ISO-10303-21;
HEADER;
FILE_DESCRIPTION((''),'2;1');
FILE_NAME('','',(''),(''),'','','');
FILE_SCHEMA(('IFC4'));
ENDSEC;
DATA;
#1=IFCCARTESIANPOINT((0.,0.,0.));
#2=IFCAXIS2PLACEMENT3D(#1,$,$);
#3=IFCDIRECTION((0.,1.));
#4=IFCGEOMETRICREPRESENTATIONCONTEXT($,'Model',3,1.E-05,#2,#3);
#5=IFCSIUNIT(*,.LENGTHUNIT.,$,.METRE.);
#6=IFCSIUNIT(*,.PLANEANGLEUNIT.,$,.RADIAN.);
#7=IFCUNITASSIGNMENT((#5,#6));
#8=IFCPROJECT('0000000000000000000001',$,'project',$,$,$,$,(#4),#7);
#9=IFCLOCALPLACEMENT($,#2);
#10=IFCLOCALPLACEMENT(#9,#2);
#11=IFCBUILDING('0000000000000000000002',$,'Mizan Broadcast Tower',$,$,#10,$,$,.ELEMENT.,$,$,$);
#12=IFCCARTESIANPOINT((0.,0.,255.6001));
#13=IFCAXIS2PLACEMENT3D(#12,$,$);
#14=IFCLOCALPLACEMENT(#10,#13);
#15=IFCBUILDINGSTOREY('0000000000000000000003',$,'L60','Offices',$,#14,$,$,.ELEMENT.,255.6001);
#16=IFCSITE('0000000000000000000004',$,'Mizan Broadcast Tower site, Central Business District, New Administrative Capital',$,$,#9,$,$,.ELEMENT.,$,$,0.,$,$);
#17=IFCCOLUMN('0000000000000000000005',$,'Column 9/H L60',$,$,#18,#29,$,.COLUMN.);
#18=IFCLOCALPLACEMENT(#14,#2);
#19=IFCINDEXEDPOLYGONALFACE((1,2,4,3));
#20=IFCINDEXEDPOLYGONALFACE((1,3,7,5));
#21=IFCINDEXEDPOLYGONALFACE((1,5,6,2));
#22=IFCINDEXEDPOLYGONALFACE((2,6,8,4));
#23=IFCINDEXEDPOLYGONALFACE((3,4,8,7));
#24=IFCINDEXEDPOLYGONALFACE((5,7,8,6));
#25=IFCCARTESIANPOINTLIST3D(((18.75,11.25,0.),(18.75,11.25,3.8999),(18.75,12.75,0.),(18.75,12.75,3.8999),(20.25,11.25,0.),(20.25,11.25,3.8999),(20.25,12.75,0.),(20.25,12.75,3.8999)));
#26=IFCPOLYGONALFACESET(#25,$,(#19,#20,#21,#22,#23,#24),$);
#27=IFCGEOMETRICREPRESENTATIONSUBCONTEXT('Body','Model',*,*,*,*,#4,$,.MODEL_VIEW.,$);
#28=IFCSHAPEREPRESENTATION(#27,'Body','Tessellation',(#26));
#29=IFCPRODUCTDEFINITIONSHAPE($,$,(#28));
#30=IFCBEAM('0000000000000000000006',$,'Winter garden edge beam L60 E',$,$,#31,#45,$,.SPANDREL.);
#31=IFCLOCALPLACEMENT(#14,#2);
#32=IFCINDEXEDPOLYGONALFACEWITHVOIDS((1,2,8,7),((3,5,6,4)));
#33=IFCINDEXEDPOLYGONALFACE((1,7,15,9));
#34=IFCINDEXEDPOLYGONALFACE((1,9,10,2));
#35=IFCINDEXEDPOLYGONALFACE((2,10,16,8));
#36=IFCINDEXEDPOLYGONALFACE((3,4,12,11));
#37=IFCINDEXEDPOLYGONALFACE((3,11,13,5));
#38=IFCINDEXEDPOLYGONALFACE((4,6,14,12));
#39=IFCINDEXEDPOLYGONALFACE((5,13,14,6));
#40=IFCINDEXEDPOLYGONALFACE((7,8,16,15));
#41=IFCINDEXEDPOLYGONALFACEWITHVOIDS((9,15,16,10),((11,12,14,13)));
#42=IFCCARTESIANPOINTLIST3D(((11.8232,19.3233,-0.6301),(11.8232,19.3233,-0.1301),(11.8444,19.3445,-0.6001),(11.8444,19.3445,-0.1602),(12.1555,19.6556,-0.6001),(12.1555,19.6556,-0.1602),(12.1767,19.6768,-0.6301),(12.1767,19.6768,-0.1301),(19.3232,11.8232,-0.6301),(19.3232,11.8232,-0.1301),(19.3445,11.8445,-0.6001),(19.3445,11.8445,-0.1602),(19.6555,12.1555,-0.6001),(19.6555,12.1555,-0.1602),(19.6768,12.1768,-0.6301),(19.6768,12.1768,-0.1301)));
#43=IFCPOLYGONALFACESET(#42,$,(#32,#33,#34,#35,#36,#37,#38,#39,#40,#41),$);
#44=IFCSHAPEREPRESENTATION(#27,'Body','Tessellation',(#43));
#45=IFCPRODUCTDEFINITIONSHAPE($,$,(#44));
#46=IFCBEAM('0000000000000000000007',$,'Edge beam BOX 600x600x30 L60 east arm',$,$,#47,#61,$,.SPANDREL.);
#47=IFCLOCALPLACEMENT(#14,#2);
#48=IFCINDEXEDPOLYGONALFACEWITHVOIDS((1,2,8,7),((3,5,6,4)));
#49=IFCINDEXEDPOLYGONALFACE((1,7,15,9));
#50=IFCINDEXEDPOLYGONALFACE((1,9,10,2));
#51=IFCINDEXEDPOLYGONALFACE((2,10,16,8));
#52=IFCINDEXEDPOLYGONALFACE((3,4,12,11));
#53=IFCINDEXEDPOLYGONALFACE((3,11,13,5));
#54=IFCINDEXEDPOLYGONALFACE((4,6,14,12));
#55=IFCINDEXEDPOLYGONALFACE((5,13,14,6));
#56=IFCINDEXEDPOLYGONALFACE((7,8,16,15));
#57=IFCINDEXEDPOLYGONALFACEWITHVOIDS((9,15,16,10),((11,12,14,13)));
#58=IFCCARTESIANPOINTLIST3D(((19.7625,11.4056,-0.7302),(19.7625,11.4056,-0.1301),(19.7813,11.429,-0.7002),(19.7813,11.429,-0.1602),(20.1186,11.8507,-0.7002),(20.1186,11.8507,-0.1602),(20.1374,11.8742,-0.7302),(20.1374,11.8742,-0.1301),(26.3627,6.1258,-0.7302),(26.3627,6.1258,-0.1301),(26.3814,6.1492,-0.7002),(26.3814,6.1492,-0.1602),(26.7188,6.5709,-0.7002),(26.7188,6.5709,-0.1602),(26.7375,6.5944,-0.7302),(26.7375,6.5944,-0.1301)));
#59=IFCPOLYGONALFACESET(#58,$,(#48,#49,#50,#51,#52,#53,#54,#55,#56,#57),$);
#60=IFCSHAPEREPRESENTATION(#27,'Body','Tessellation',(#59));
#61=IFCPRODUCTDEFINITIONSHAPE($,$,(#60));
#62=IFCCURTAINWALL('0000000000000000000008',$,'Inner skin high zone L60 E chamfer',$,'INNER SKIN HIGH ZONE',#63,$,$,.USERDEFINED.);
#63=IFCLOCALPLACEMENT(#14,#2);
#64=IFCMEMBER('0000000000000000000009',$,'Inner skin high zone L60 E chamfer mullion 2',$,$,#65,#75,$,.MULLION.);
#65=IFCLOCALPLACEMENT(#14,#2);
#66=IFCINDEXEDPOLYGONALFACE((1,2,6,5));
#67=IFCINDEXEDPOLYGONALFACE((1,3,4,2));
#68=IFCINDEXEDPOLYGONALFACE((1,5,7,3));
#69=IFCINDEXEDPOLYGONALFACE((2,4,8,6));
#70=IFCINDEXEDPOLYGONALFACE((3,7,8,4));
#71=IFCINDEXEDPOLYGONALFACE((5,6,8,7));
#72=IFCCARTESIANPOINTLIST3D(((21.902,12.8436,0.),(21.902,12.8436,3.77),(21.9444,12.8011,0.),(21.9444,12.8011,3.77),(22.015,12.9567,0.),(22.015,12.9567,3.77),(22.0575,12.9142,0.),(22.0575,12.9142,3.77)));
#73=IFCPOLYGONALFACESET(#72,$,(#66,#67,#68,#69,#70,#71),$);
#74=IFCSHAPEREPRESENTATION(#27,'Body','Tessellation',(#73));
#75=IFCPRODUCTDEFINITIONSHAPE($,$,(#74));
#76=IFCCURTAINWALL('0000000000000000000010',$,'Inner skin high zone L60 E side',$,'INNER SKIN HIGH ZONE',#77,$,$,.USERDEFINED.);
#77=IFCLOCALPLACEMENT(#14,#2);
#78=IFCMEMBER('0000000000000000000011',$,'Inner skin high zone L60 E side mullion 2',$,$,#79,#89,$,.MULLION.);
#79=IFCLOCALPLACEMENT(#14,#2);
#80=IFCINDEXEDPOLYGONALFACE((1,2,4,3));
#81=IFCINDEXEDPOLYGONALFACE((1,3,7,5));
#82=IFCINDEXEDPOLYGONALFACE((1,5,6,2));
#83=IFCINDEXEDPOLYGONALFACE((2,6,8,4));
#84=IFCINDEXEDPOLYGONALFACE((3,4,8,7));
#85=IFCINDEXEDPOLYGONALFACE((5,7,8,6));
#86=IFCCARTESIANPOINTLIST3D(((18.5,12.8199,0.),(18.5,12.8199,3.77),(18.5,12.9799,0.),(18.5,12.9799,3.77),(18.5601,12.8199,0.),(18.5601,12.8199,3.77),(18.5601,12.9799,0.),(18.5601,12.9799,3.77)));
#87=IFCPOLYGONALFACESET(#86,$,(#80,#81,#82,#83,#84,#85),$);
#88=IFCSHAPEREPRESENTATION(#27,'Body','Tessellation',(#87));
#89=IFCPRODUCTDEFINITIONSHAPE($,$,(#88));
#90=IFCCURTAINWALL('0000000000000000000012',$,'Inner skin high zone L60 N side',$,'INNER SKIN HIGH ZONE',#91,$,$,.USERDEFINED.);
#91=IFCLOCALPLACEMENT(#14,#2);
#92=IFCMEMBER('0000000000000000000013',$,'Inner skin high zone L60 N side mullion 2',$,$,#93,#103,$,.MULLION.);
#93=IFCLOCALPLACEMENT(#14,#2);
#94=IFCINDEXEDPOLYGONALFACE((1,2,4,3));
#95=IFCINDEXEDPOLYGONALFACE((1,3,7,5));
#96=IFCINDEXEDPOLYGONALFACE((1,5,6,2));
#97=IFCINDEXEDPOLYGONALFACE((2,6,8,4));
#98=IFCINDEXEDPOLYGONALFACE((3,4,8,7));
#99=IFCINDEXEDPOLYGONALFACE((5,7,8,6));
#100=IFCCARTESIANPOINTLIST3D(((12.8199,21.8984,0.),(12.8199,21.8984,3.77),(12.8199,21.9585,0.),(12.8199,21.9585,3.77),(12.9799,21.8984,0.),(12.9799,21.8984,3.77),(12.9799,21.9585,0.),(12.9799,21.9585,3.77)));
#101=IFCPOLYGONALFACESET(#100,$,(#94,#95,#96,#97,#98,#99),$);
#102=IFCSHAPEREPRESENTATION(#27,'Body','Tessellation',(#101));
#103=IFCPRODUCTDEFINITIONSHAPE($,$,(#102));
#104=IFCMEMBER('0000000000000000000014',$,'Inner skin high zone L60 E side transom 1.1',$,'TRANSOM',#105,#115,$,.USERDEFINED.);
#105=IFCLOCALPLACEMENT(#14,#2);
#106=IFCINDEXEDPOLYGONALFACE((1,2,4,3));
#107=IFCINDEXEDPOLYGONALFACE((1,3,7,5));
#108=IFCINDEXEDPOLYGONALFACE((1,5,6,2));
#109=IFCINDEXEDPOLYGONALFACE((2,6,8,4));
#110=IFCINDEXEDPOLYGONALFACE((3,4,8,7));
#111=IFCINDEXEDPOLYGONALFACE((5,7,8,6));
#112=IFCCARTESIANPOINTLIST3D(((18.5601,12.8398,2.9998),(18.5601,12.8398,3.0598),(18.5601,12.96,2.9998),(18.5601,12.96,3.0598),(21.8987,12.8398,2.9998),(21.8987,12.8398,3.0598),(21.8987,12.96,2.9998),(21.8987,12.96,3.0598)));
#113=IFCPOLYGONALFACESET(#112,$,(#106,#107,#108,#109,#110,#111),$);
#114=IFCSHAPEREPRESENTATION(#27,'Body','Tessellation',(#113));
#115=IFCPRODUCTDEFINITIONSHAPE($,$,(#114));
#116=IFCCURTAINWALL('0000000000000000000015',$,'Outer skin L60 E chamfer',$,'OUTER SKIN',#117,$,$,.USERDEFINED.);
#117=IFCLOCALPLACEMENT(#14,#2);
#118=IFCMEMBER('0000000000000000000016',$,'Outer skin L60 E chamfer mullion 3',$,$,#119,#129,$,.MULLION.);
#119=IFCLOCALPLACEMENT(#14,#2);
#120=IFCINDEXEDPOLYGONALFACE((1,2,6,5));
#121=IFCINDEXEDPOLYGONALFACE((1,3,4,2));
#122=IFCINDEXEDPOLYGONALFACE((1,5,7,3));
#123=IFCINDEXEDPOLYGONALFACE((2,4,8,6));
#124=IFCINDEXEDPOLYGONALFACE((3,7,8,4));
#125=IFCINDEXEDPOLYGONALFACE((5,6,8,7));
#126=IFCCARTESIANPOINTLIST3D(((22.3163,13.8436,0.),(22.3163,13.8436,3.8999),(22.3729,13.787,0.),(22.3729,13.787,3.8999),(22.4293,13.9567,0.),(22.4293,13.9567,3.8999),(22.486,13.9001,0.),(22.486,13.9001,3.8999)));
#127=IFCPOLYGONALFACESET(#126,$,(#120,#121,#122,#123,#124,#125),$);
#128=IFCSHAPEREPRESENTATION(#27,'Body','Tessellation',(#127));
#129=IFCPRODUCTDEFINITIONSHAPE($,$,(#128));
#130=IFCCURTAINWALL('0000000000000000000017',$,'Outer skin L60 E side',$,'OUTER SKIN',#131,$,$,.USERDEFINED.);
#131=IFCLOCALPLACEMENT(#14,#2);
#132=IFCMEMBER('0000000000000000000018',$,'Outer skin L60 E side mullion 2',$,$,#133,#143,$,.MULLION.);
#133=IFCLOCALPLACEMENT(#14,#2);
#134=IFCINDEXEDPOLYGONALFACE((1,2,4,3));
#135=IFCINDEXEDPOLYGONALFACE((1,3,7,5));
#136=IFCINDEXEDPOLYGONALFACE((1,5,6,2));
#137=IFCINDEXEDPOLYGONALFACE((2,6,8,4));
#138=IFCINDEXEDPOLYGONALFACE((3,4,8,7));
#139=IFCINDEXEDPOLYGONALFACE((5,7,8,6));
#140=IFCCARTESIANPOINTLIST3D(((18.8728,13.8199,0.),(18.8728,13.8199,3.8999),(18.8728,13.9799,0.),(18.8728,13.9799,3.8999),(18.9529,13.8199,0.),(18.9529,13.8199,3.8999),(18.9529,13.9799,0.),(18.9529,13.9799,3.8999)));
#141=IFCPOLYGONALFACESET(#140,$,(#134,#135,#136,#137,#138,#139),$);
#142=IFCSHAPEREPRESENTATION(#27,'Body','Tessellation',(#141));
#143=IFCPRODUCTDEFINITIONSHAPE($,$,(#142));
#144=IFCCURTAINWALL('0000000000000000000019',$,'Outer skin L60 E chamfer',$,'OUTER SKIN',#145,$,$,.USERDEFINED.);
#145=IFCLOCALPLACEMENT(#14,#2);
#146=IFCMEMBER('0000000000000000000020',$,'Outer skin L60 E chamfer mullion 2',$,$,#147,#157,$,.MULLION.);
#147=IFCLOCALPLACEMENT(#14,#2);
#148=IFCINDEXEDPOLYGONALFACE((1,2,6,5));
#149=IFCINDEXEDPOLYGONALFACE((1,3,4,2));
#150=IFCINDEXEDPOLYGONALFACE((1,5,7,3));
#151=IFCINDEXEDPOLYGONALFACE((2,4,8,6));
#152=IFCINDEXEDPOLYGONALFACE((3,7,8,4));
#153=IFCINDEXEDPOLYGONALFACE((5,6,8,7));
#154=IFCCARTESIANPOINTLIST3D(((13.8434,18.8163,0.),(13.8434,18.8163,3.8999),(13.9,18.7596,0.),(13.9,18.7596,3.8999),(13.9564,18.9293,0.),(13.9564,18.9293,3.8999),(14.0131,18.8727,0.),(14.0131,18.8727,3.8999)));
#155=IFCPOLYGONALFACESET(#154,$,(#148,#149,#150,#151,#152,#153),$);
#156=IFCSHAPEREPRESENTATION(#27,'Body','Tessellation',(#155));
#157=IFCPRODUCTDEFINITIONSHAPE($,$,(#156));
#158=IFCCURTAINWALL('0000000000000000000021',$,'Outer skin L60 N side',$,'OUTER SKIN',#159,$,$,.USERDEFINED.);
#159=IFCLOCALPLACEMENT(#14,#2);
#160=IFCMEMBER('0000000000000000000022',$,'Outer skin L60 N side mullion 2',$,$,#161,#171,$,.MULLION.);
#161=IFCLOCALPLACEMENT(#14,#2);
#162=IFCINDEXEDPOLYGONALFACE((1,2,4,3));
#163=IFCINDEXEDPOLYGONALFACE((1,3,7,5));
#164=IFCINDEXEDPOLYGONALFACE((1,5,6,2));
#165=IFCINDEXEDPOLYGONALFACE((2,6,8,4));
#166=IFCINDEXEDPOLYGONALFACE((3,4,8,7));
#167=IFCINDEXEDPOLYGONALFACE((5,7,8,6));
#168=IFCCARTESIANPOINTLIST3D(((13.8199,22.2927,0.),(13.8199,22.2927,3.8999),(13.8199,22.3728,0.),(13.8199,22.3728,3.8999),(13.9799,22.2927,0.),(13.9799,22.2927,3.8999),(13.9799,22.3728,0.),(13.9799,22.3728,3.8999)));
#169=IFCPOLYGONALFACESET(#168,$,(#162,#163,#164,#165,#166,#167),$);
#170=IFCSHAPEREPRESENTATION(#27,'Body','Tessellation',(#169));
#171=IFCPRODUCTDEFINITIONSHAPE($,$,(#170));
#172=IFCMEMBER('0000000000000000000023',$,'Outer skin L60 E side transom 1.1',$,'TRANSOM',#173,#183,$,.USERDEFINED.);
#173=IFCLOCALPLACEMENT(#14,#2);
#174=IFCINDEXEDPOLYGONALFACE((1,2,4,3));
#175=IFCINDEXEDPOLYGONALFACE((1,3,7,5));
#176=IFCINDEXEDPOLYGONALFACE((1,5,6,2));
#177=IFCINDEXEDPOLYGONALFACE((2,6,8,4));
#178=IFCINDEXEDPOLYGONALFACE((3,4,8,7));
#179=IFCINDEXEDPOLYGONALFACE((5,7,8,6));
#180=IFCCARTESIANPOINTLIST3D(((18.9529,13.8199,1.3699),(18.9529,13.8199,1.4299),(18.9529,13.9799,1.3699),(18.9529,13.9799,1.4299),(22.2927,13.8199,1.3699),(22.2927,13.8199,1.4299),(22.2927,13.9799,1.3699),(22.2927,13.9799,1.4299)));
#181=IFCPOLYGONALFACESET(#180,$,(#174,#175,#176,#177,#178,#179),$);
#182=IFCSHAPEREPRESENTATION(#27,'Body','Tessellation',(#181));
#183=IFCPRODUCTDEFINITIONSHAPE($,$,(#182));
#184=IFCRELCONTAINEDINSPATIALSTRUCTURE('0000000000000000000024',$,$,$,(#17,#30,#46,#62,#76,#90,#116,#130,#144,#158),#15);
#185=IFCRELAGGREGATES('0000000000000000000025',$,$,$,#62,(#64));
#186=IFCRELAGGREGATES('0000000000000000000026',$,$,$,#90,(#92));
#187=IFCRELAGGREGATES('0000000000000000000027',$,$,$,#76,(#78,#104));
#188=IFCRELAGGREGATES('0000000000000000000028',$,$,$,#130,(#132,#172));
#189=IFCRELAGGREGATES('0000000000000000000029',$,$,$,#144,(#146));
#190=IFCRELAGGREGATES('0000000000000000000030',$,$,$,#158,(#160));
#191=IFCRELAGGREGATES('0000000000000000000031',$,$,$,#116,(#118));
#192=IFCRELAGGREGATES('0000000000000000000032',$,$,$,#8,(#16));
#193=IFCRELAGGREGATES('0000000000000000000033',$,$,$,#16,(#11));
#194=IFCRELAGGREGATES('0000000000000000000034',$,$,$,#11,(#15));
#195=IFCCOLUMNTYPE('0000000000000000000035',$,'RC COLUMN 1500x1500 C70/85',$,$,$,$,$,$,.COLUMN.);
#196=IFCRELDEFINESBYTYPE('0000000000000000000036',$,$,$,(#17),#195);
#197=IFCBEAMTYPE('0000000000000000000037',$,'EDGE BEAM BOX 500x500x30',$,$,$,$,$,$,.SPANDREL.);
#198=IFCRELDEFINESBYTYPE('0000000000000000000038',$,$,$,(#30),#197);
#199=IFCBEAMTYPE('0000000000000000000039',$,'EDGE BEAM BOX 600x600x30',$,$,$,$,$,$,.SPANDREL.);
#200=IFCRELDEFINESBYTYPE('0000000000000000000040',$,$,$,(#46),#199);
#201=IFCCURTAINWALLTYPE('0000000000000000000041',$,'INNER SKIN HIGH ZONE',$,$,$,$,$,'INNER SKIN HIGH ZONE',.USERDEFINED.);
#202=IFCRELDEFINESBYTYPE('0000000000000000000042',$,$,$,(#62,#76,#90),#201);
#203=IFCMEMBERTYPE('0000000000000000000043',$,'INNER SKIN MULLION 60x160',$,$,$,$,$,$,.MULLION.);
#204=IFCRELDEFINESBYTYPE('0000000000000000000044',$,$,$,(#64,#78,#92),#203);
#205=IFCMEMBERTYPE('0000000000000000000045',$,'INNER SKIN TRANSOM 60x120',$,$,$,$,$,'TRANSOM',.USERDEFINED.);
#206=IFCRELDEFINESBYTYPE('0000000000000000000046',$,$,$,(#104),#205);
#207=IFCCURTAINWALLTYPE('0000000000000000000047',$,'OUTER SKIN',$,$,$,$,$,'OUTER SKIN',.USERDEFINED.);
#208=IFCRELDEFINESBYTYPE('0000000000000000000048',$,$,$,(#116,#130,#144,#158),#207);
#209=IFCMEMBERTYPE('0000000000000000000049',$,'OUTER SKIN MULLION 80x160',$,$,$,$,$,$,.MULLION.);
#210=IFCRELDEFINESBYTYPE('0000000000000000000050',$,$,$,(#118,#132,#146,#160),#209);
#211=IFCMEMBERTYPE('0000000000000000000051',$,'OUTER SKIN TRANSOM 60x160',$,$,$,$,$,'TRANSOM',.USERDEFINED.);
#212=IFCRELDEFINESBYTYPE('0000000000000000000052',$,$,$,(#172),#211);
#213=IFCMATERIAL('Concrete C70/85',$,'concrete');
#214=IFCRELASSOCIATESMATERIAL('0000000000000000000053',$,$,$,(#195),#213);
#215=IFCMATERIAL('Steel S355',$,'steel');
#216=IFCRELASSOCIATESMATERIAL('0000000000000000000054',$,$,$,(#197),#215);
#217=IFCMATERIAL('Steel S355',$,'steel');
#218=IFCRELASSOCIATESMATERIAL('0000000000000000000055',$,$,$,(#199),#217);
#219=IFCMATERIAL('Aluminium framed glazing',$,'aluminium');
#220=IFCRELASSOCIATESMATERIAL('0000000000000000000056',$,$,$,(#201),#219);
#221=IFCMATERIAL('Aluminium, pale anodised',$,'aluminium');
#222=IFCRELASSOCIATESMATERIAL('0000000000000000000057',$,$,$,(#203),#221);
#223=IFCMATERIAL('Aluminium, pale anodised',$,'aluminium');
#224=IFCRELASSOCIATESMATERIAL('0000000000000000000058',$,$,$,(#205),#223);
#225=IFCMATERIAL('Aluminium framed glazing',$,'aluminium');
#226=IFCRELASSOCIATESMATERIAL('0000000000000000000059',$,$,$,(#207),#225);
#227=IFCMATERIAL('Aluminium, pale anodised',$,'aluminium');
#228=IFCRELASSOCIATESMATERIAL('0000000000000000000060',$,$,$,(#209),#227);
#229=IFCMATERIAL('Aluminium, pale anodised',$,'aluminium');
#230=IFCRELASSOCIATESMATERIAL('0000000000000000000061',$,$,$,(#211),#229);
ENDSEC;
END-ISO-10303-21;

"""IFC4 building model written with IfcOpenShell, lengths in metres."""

from ifc_helpers import new_model, si_unit, direction, frame, origin, origin_2d, place, context, subcontext, project, spatial, rectangle, hollow_rectangle, extrude, material, material_profile, profile_set, type_object, element, aggregate, save


model = new_model("IFC4")

# Units and contexts
model_context = context("Model", 3, precision=1e-05, world=origin(), true_north=direction((0.0, 1.0)))
body_context = subcontext(model_context, "Body", "Model", "MODEL_VIEW")
ifc_project = project(units=[si_unit("LENGTHUNIT", "METRE"), si_unit("PLANEANGLEUNIT", "RADIAN")], contexts=[model_context])

# Site, building, storey
site_placement = place(None, origin())
site = spatial("IfcSite", under=ifc_project, at=site_placement, Name="Mizan Broadcast Tower site, Central Business District, New Administrative Capital", CompositionType="ELEMENT", RefElevation=0.0)
building_placement = place(site_placement, origin())
building = spatial("IfcBuilding", under=site, at=building_placement, Name="Mizan Broadcast Tower", CompositionType="ELEMENT")
storey_placement = place(building_placement, frame((0.0, 0.0, 255.6001)))
storey = spatial("IfcBuildingStorey", under=building, at=storey_placement, Name="L60", Description="Offices", CompositionType="ELEMENT", Elevation=255.6001)

# Column
ifc_material_1 = material(Name="Concrete C70/85", Category="concrete")
ifc_material_profile_1 = material_profile(ifc_material_1, rectangle(XDim=1.5, YDim=1.5, at=origin_2d()), Name="RC 1500x1500")
ifc_profile_set_1 = profile_set([ifc_material_profile_1], Name="Concrete C70/85")
column_type = type_object("IfcColumnType", Name="RC COLUMN 1500x1500 C70/85", PredefinedType="COLUMN", material=ifc_profile_set_1)
column_placement = place(storey_placement, frame((19.5, 12.0, 0.0), z_axis=(0.0, 0.0, 1.0), x_axis=(1.0, 0.0, 0.0)))
element("IfcColumn", 1, at=column_placement, inside=storey, type_object=column_type, Name="Column 9/H L60", PredefinedType="COLUMN", context=body_context, shape_type="SweptSolid", body=[
    extrude(rectangle(XDim=1.5, YDim=1.5, at=origin_2d()), origin(), (0.0, 0.0, 1.0), 3.8999),
])

# Beams
ifc_material_2 = material(Name="Steel S355", Category="steel")
ifc_material_profile_2 = material_profile(ifc_material_2, hollow_rectangle(XDim=0.5, YDim=0.5, WallThickness=0.03, at=origin_2d()), Name="BOX 500x500x30")
ifc_profile_set_2 = profile_set([ifc_material_profile_2], Name="Steel S355")
beam_type_1 = type_object("IfcBeamType", Name="EDGE BEAM BOX 500x500x30", PredefinedType="SPANDREL", material=ifc_profile_set_2)
beam_1_placement = place(storey_placement, frame((19.5, 12.0, -0.3801), z_axis=(-0.707107, 0.707107, 0.0), x_axis=(-0.707107, -0.707107, 0.0)))
element("IfcBeam", 2, at=beam_1_placement, inside=storey, type_object=beam_type_1, Name="Winter garden edge beam L60 E", PredefinedType="SPANDREL", context=body_context, shape_type="SweptSolid", body=[
    extrude(hollow_rectangle(XDim=0.5, YDim=0.5, WallThickness=0.03, at=origin_2d()), origin(), (0.0, 0.0, 1.0), 10.6067),
])
ifc_material_3 = material(Name="Steel S355", Category="steel")
ifc_material_profile_3 = material_profile(ifc_material_3, hollow_rectangle(XDim=0.6001, YDim=0.6001, WallThickness=0.03, at=origin_2d()), Name="BOX 600x600x30")
ifc_profile_set_3 = profile_set([ifc_material_profile_3], Name="Steel S355")
beam_type_2 = type_object("IfcBeamType", Name="EDGE BEAM BOX 600x600x30", PredefinedType="SPANDREL", material=ifc_profile_set_3)
beam_2_placement = place(storey_placement, frame((19.95, 11.6399, -0.4302), z_axis=(0.780886, -0.624674, 0.0), x_axis=(0.624674, 0.780886, 0.0)))
element("IfcBeam", 3, at=beam_2_placement, inside=storey, type_object=beam_type_2, Name="Edge beam BOX 600x600x30 L60 east arm", PredefinedType="SPANDREL", context=body_context, shape_type="SweptSolid", body=[
    extrude(hollow_rectangle(XDim=0.6001, YDim=0.6001, WallThickness=0.03, at=origin_2d()), origin(), (0.0, 0.0, 1.0), 8.4521),
])

# Curtain walls, members
ifc_material_4 = material(Name="Aluminium framed glazing", Category="aluminium")
curtain_wall_type_1 = type_object("IfcCurtainWallType", Name="INNER SKIN HIGH ZONE", ElementType="INNER SKIN HIGH ZONE", PredefinedType="USERDEFINED", material=ifc_material_4)
curtain_wall_1_placement = place(storey_placement, origin())
curtain_wall_1 = element("IfcCurtainWall", 4, at=curtain_wall_1_placement, inside=storey, type_object=curtain_wall_type_1, Name="Inner skin high zone L60 E chamfer", ObjectType="INNER SKIN HIGH ZONE", PredefinedType="USERDEFINED")
ifc_material_5 = material(Name="Aluminium, pale anodised", Category="aluminium")
ifc_material_profile_4 = material_profile(ifc_material_5, rectangle(XDim=0.1599, YDim=0.0601, at=origin_2d()), Name="MULLION 160x60")
ifc_profile_set_4 = profile_set([ifc_material_profile_4], Name="Aluminium, pale anodised")
member_type_1 = type_object("IfcMemberType", Name="INNER SKIN MULLION 60x160", PredefinedType="MULLION", material=ifc_profile_set_4)
member_1_placement = place(storey_placement, frame((21.9797, 12.8789, 0.0), z_axis=(0.0, 0.0, 1.0), x_axis=(-0.707107, -0.707107, 0.0)))
member_1 = element("IfcMember", 5, at=member_1_placement, type_object=member_type_1, Name="Inner skin high zone L60 E chamfer mullion 2", PredefinedType="MULLION", context=body_context, shape_type="SweptSolid", body=[
    extrude(rectangle(XDim=0.1599, YDim=0.0601, at=origin_2d()), origin(), (0.0, 0.0, 1.0), 3.77),
])
aggregate(curtain_wall_1, [member_1])
curtain_wall_2_placement = place(storey_placement, origin())
curtain_wall_2 = element("IfcCurtainWall", 6, at=curtain_wall_2_placement, inside=storey, type_object=curtain_wall_type_1, Name="Inner skin high zone L60 E side", ObjectType="INNER SKIN HIGH ZONE", PredefinedType="USERDEFINED")
member_2_placement = place(storey_placement, frame((18.53, 12.8999, 0.0), z_axis=(0.0, 0.0, 1.0), x_axis=(0.0, -1.0, 0.0)))
member_2 = element("IfcMember", 7, at=member_2_placement, type_object=member_type_1, Name="Inner skin high zone L60 E side mullion 2", PredefinedType="MULLION", context=body_context, shape_type="SweptSolid", body=[
    extrude(rectangle(XDim=0.1599, YDim=0.0601, at=origin_2d()), origin(), (0.0, 0.0, 1.0), 3.77),
])
curtain_wall_3_placement = place(storey_placement, origin())
curtain_wall_3 = element("IfcCurtainWall", 8, at=curtain_wall_3_placement, inside=storey, type_object=curtain_wall_type_1, Name="Inner skin high zone L60 N side", ObjectType="INNER SKIN HIGH ZONE", PredefinedType="USERDEFINED")
member_3_placement = place(storey_placement, frame((12.8999, 21.9285, 0.0), z_axis=(0.0, 0.0, 1.0), x_axis=(-1.0, 0.0, 0.0)))
member_3 = element("IfcMember", 9, at=member_3_placement, type_object=member_type_1, Name="Inner skin high zone L60 N side mullion 2", PredefinedType="MULLION", context=body_context, shape_type="SweptSolid", body=[
    extrude(rectangle(XDim=0.1599, YDim=0.0601, at=origin_2d()), origin(), (0.0, 0.0, 1.0), 3.77),
])
aggregate(curtain_wall_3, [member_3])

# Member
ifc_material_6 = material(Name="Aluminium, pale anodised", Category="aluminium")
ifc_material_profile_5 = material_profile(ifc_material_6, rectangle(XDim=0.1201, YDim=0.0601, at=origin_2d()), Name="TRANSOM 120x60")
ifc_profile_set_5 = profile_set([ifc_material_profile_5], Name="Aluminium, pale anodised")
member_type_2 = type_object("IfcMemberType", Name="INNER SKIN TRANSOM 60x120", ElementType="TRANSOM", PredefinedType="USERDEFINED", material=ifc_profile_set_5)
member_4_placement = place(storey_placement, frame((21.8987, 12.8999, 3.0298), z_axis=(-1.0, 0.0, 0.0), x_axis=(0.0, -1.0, 0.0)))
member_4 = element("IfcMember", 10, at=member_4_placement, type_object=member_type_2, Name="Inner skin high zone L60 E side transom 1.1", ObjectType="TRANSOM", PredefinedType="USERDEFINED", context=body_context, shape_type="SweptSolid", body=[
    extrude(rectangle(XDim=0.1201, YDim=0.0601, at=origin_2d()), origin(), (0.0, 0.0, 1.0), 3.3386),
])

# Curtain walls, members
ifc_material_7 = material(Name="Aluminium framed glazing", Category="aluminium")
curtain_wall_type_2 = type_object("IfcCurtainWallType", Name="OUTER SKIN", ElementType="OUTER SKIN", PredefinedType="USERDEFINED", material=ifc_material_7)
curtain_wall_4_placement = place(storey_placement, origin())
curtain_wall_4 = element("IfcCurtainWall", 11, at=curtain_wall_4_placement, inside=storey, type_object=curtain_wall_type_2, Name="Outer skin L60 E chamfer", ObjectType="OUTER SKIN", PredefinedType="USERDEFINED")
ifc_material_8 = material(Name="Aluminium, pale anodised", Category="aluminium")
ifc_material_profile_6 = material_profile(ifc_material_8, rectangle(XDim=0.1599, YDim=0.0801, at=origin_2d()), Name="MULLION 160x80")
ifc_profile_set_6 = profile_set([ifc_material_profile_6], Name="Aluminium, pale anodised")
member_type_3 = type_object("IfcMemberType", Name="OUTER SKIN MULLION 80x160", PredefinedType="MULLION", material=ifc_profile_set_6)
member_5_placement = place(storey_placement, frame((22.4011, 13.8718, 0.0), z_axis=(0.0, 0.0, 1.0), x_axis=(-0.707107, -0.707107, 0.0)))
member_5 = element("IfcMember", 12, at=member_5_placement, type_object=member_type_3, Name="Outer skin L60 E chamfer mullion 3", PredefinedType="MULLION", context=body_context, shape_type="SweptSolid", body=[
    extrude(rectangle(XDim=0.1599, YDim=0.0801, at=origin_2d()), origin(), (0.0, 0.0, 1.0), 3.8999),
])
curtain_wall_5_placement = place(storey_placement, origin())
curtain_wall_5 = element("IfcCurtainWall", 13, at=curtain_wall_5_placement, inside=storey, type_object=curtain_wall_type_2, Name="Outer skin L60 E side", ObjectType="OUTER SKIN", PredefinedType="USERDEFINED")
member_6_placement = place(storey_placement, frame((18.9128, 13.8999, 0.0), z_axis=(0.0, 0.0, 1.0), x_axis=(0.0, -1.0, 0.0)))
member_6 = element("IfcMember", 14, at=member_6_placement, type_object=member_type_3, Name="Outer skin L60 E side mullion 2", PredefinedType="MULLION", context=body_context, shape_type="SweptSolid", body=[
    extrude(rectangle(XDim=0.1599, YDim=0.0801, at=origin_2d()), origin(), (0.0, 0.0, 1.0), 3.8999),
])
curtain_wall_6_placement = place(storey_placement, origin())
curtain_wall_6 = element("IfcCurtainWall", 15, at=curtain_wall_6_placement, inside=storey, type_object=curtain_wall_type_2, Name="Outer skin L60 E chamfer", ObjectType="OUTER SKIN", PredefinedType="USERDEFINED")
member_7_placement = place(storey_placement, frame((13.9282, 18.8445, 0.0), z_axis=(0.0, 0.0, 1.0), x_axis=(-0.707107, -0.707107, 0.0)))
member_7 = element("IfcMember", 16, at=member_7_placement, type_object=member_type_3, Name="Outer skin L60 E chamfer mullion 2", PredefinedType="MULLION", context=body_context, shape_type="SweptSolid", body=[
    extrude(rectangle(XDim=0.1599, YDim=0.0801, at=origin_2d()), origin(), (0.0, 0.0, 1.0), 3.8999),
])
curtain_wall_7_placement = place(storey_placement, origin())
curtain_wall_7 = element("IfcCurtainWall", 17, at=curtain_wall_7_placement, inside=storey, type_object=curtain_wall_type_2, Name="Outer skin L60 N side", ObjectType="OUTER SKIN", PredefinedType="USERDEFINED")
member_8_placement = place(storey_placement, frame((13.8999, 22.3328, 0.0), z_axis=(0.0, 0.0, 1.0), x_axis=(-1.0, 0.0, 0.0)))
member_8 = element("IfcMember", 18, at=member_8_placement, type_object=member_type_3, Name="Outer skin L60 N side mullion 2", PredefinedType="MULLION", context=body_context, shape_type="SweptSolid", body=[
    extrude(rectangle(XDim=0.1599, YDim=0.0801, at=origin_2d()), origin(), (0.0, 0.0, 1.0), 3.8999),
])

# Member
ifc_material_9 = material(Name="Aluminium, pale anodised", Category="aluminium")
ifc_material_profile_7 = material_profile(ifc_material_9, rectangle(XDim=0.1599, YDim=0.0601, at=origin_2d()), Name="TRANSOM 160x60")
ifc_profile_set_7 = profile_set([ifc_material_profile_7], Name="Aluminium, pale anodised")
member_type_4 = type_object("IfcMemberType", Name="OUTER SKIN TRANSOM 60x160", ElementType="TRANSOM", PredefinedType="USERDEFINED", material=ifc_profile_set_7)
member_9_placement = place(storey_placement, frame((22.2927, 13.8999, 1.3999), z_axis=(-1.0, 0.0, 0.0), x_axis=(0.0, -1.0, 0.0)))
member_9 = element("IfcMember", 19, at=member_9_placement, type_object=member_type_4, Name="Outer skin L60 E side transom 1.1", ObjectType="TRANSOM", PredefinedType="USERDEFINED", context=body_context, shape_type="SweptSolid", body=[
    extrude(rectangle(XDim=0.1599, YDim=0.0601, at=origin_2d()), origin(), (0.0, 0.0, 1.0), 3.3398),
])

aggregate(curtain_wall_2, [member_2, member_4])
aggregate(curtain_wall_5, [member_6, member_9])
aggregate(curtain_wall_6, [member_7])
aggregate(curtain_wall_7, [member_8])
aggregate(curtain_wall_4, [member_5])

save(model, "model.ifc")
